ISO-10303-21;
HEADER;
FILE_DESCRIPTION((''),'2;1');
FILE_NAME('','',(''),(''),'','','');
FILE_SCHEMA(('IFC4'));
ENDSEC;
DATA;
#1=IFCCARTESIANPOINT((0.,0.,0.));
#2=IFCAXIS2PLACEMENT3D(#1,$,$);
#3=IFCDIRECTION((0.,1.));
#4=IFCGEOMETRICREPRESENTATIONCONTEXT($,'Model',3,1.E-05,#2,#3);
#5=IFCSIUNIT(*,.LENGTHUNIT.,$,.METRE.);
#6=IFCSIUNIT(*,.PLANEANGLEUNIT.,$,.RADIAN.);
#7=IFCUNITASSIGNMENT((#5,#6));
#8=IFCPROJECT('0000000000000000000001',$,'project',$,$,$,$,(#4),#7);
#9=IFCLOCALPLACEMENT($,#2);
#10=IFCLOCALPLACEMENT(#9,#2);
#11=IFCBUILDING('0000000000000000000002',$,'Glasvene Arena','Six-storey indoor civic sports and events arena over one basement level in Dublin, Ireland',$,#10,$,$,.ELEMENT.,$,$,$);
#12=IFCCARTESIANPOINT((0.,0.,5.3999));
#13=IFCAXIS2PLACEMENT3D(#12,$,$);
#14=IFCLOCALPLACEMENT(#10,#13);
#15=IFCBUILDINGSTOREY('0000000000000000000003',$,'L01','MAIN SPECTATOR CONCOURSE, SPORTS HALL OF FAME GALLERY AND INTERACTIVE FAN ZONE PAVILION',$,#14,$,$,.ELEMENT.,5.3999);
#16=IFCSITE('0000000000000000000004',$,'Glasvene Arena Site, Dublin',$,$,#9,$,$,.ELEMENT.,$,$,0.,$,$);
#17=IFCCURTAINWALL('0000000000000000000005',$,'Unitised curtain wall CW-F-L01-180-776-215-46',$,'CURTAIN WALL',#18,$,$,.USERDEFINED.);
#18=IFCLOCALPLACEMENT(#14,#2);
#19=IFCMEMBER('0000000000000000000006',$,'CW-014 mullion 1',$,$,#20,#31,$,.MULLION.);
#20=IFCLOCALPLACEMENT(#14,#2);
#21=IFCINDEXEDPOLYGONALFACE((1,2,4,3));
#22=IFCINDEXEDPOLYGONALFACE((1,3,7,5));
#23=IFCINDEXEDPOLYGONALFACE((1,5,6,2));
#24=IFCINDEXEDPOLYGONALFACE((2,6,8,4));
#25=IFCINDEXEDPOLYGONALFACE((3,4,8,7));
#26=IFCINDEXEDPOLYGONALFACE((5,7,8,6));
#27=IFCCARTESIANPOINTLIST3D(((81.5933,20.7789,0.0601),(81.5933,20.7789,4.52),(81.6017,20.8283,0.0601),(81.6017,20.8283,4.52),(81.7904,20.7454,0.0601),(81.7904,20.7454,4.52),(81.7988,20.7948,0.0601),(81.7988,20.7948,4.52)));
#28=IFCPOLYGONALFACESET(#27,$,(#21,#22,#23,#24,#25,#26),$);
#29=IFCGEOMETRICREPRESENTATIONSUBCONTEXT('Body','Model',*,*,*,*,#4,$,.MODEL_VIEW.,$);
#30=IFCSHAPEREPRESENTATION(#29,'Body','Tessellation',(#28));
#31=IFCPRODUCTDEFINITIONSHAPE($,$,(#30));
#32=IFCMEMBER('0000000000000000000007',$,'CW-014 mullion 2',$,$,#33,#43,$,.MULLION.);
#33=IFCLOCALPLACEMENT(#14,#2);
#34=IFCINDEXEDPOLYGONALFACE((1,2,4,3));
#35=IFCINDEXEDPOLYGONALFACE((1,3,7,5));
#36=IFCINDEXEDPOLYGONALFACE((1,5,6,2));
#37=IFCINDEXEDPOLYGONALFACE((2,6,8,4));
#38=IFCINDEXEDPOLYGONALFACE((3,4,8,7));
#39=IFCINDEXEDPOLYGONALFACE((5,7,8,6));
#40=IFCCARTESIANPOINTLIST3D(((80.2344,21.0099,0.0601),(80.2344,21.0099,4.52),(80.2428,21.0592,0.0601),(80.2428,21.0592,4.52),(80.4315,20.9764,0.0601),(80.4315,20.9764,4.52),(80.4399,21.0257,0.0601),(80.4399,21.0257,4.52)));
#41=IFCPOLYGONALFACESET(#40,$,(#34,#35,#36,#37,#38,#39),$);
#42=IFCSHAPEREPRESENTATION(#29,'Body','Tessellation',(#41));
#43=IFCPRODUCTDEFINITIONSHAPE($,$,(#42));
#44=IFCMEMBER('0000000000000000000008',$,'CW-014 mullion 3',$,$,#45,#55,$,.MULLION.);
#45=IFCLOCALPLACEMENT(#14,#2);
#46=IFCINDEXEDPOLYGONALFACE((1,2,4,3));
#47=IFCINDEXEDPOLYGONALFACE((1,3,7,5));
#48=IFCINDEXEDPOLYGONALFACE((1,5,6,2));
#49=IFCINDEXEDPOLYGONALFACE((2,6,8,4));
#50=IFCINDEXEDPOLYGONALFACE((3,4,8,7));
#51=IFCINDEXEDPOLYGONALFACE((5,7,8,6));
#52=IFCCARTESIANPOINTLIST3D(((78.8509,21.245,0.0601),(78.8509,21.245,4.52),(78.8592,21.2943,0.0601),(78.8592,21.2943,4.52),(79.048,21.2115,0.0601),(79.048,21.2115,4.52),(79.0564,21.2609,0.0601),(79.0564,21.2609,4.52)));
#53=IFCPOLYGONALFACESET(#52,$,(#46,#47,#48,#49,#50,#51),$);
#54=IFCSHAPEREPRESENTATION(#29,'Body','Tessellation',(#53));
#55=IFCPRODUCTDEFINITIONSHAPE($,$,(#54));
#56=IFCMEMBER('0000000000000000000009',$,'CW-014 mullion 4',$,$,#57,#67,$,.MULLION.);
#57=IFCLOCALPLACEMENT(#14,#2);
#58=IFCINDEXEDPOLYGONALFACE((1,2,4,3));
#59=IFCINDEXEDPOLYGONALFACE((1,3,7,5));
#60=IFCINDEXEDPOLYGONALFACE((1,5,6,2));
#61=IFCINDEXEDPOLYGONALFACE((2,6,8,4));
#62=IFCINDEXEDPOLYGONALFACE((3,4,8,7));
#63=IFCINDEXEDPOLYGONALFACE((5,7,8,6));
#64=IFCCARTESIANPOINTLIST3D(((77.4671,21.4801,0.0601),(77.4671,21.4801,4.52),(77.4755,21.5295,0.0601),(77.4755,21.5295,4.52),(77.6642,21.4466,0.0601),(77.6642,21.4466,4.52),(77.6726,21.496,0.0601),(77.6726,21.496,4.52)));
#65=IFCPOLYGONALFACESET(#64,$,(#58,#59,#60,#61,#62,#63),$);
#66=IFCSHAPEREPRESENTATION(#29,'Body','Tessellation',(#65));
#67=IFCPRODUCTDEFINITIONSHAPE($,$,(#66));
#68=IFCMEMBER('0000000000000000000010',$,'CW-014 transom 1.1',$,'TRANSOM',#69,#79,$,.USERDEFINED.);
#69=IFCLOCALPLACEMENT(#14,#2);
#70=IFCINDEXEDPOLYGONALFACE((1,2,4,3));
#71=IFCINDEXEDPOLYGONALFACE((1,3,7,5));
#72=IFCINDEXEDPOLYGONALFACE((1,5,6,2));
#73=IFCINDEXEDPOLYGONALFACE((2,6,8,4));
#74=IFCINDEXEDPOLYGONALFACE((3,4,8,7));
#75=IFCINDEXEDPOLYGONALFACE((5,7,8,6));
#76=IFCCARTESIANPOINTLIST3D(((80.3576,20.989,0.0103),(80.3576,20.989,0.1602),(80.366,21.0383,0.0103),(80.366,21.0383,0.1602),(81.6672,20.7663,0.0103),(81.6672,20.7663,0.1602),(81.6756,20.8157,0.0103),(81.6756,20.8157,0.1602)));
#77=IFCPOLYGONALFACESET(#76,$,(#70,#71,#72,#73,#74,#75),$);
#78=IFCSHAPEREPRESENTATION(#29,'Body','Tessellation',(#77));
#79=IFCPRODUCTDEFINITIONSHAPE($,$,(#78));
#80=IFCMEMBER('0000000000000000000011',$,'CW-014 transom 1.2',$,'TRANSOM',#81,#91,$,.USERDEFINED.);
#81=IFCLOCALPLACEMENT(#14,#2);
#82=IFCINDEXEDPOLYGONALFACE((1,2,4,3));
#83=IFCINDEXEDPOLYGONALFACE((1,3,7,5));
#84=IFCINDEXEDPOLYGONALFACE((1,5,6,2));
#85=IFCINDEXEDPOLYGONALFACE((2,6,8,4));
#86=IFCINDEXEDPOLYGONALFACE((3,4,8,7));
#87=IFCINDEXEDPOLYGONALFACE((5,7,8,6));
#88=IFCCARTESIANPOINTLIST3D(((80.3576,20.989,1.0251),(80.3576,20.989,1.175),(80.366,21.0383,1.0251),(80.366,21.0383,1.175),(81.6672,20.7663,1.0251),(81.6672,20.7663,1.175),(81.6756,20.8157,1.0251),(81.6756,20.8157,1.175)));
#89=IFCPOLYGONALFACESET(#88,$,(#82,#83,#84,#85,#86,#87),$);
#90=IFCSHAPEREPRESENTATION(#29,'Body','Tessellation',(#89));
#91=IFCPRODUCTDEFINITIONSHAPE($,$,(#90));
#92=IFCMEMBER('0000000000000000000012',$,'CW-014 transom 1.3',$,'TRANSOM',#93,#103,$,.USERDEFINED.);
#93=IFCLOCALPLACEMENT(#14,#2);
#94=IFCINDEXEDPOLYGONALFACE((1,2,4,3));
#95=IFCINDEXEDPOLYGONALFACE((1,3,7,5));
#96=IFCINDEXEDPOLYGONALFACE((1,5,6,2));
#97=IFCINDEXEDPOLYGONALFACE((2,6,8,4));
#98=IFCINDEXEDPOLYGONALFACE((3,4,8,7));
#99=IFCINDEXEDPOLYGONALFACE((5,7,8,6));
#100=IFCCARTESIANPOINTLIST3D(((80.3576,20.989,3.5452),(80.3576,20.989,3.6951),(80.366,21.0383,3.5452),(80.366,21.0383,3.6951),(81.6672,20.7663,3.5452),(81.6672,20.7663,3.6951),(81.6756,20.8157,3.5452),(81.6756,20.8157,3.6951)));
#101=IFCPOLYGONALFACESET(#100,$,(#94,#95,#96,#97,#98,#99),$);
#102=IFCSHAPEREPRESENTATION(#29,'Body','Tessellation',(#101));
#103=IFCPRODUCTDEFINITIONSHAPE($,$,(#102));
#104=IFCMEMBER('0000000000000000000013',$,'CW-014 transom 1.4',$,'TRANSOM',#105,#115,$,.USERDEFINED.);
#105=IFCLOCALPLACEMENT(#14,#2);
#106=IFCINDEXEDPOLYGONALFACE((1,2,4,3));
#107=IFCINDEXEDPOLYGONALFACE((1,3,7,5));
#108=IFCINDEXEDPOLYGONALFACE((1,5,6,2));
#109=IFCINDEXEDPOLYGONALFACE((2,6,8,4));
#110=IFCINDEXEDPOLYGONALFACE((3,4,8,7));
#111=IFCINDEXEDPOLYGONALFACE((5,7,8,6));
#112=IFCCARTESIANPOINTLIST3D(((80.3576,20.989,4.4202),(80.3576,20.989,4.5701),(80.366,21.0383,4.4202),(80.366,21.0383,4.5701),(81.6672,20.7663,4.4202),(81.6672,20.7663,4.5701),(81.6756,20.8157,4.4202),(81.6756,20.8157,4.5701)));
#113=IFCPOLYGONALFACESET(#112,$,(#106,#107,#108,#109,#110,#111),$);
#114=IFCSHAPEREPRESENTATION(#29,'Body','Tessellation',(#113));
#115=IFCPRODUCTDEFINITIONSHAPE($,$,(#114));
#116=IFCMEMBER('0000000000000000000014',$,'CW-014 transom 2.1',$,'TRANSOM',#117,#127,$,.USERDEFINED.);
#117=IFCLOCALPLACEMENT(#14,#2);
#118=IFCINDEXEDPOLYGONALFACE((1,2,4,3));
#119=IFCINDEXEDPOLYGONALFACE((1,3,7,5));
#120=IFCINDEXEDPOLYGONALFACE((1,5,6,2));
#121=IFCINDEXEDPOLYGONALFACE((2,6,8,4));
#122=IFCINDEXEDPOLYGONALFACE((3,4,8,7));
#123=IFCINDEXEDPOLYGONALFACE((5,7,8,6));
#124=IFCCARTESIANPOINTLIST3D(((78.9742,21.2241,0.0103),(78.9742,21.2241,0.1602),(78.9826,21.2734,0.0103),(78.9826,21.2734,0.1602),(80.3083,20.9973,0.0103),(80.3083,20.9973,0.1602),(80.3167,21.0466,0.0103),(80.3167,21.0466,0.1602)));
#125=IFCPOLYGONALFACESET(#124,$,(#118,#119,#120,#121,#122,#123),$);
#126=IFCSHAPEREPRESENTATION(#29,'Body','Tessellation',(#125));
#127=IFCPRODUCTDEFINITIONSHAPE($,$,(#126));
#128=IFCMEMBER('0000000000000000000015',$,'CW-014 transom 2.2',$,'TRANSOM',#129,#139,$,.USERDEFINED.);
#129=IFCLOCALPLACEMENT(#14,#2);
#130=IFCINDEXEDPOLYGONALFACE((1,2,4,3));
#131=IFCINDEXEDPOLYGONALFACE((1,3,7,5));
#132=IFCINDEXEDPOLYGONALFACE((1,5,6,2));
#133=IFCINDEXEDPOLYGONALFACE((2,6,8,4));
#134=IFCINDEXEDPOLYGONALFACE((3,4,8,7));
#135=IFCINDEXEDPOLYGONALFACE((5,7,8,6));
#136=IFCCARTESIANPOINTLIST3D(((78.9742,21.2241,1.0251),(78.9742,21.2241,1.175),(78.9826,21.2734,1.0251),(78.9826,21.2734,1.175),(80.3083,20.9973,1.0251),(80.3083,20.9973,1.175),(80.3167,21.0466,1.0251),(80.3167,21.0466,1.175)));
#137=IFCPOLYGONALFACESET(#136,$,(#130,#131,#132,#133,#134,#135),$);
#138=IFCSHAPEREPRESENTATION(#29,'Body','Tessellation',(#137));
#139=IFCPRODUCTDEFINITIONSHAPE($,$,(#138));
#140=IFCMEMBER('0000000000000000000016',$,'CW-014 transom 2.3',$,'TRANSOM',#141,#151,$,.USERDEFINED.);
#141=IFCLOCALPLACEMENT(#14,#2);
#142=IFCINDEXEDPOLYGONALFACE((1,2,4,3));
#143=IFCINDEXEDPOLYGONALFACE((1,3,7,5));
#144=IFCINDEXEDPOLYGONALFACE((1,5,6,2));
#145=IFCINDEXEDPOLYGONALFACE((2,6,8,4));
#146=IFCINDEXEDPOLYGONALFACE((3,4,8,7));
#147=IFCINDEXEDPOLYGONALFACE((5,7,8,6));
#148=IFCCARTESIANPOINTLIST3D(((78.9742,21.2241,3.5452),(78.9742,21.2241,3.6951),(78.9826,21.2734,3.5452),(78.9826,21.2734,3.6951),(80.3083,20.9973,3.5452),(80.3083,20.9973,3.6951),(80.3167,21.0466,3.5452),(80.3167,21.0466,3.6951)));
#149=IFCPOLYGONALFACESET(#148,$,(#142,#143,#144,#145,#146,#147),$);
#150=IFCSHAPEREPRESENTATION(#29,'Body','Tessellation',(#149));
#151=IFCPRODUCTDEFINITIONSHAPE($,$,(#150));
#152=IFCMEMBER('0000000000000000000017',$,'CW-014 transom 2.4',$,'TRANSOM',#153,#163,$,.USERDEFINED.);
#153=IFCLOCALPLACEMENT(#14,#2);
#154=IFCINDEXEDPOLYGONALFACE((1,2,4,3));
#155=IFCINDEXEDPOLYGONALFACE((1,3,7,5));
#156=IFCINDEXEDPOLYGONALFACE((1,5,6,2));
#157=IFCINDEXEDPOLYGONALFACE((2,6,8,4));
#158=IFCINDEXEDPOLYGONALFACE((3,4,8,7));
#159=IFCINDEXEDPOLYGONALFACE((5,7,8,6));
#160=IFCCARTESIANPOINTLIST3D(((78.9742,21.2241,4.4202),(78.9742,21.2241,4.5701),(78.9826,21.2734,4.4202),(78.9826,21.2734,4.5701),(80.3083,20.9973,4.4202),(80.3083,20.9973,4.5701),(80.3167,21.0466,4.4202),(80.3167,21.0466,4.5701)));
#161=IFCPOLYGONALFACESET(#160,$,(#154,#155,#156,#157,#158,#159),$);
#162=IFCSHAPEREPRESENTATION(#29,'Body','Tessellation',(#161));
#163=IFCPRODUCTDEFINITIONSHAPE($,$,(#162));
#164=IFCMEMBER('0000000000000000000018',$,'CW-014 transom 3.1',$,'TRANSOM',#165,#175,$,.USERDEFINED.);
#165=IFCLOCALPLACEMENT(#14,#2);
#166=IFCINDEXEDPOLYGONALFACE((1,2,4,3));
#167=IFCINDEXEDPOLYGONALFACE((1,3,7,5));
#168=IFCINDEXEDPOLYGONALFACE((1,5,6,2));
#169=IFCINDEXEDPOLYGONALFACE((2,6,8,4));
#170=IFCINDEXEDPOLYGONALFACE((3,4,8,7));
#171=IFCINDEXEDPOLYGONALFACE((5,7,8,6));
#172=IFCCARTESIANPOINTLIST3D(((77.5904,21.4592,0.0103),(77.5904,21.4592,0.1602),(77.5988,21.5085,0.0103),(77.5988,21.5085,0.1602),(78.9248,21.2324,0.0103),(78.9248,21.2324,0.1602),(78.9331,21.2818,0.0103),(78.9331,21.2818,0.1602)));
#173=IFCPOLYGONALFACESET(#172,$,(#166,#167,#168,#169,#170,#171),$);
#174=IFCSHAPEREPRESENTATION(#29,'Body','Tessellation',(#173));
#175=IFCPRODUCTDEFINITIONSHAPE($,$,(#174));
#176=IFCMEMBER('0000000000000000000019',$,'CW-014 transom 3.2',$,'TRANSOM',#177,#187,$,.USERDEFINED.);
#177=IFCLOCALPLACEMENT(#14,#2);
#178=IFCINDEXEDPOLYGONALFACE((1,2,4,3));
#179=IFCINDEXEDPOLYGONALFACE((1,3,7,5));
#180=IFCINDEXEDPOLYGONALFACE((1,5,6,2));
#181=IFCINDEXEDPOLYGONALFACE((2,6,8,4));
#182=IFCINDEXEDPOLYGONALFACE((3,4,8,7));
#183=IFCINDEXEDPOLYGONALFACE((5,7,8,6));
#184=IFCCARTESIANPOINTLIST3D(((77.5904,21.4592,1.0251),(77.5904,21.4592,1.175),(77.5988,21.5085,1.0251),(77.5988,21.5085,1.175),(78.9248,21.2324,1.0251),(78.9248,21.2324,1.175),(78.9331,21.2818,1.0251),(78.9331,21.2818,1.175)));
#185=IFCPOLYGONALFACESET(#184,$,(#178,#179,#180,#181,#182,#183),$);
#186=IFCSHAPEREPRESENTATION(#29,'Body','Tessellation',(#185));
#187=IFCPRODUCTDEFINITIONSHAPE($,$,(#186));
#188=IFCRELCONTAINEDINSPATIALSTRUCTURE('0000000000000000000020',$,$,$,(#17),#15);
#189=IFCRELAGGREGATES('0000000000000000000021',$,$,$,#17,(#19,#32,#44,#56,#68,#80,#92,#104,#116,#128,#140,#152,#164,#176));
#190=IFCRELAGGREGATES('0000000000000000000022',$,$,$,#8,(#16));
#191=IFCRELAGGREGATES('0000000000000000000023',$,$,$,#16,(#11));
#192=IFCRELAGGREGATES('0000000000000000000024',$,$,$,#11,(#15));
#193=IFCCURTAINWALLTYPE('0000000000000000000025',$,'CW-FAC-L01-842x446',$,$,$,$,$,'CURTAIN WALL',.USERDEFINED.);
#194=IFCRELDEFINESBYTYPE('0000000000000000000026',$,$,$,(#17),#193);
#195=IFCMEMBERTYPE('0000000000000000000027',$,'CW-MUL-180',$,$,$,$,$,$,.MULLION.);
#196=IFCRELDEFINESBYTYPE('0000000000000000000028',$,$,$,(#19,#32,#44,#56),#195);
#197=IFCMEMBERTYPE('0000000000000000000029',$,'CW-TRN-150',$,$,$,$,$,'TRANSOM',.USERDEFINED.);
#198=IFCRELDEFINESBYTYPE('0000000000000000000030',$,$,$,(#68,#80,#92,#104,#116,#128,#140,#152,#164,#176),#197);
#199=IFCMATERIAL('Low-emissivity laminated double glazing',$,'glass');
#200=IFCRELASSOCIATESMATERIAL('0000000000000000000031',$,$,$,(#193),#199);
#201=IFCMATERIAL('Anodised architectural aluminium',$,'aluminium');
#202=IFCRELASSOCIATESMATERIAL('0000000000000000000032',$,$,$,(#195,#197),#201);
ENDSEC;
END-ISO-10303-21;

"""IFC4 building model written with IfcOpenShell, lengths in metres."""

from ifc_helpers import new_model, si_unit, direction, frame, origin, origin_2d, place, context, subcontext, project, spatial, rectangle, extrude, material, material_profile, profile_set, type_object, element, aggregate, save


model = new_model("IFC4")

# Units and contexts
model_context = context("Model", 3, precision=1e-05, world=origin(), true_north=direction((0.0, 1.0)))
body_context = subcontext(model_context, "Body", "Model", "MODEL_VIEW")
ifc_project = project(units=[si_unit("LENGTHUNIT", "METRE"), si_unit("PLANEANGLEUNIT", "RADIAN")], contexts=[model_context])

# Site, building, storey
site_placement = place(None, origin())
site = spatial("IfcSite", under=ifc_project, at=site_placement, Name="Glasvene Arena Site, Dublin", CompositionType="ELEMENT", RefElevation=0.0)
building_placement = place(site_placement, origin())
building = spatial("IfcBuilding", under=site, at=building_placement, Name="Glasvene Arena", Description="Six-storey indoor civic sports and events arena over one basement level in Dublin, Ireland", CompositionType="ELEMENT")
storey_placement = place(building_placement, frame((0.0, 0.0, 5.3999)))
storey = spatial("IfcBuildingStorey", under=building, at=storey_placement, Name="L01", Description="MAIN SPECTATOR CONCOURSE, SPORTS HALL OF FAME GALLERY AND INTERACTIVE FAN ZONE PAVILION", CompositionType="ELEMENT", Elevation=5.3999)

# Curtain wall, members
ifc_material_1 = material(Name="Low-emissivity laminated double glazing", Category="glass")
curtain_wall_type = type_object("IfcCurtainWallType", Name="CW-FAC-L01-842x446", ElementType="CURTAIN WALL", PredefinedType="USERDEFINED", material=ifc_material_1)
curtain_wall_placement = place(storey_placement, frame((81.7207, 20.7827, 0.0)))
curtain_wall = element("IfcCurtainWall", 1, at=curtain_wall_placement, inside=storey, type_object=curtain_wall_type, Name="Unitised curtain wall CW-F-L01-180-776-215-46", ObjectType="CURTAIN WALL", PredefinedType="USERDEFINED")
ifc_material_2 = material(Name="Anodised architectural aluminium", Category="aluminium")
ifc_material_profile_1 = material_profile(ifc_material_2, rectangle(XDim=0.05, YDim=0.2, at=origin_2d()), Name="ALU MULLION 50x200")
ifc_profile_set_1 = profile_set([ifc_material_profile_1], Name="Anodised architectural aluminium")
member_type_1 = type_object("IfcMemberType", Name="CW-MUL-180", PredefinedType="MULLION", material=ifc_profile_set_1)
member_1_placement = place(storey_placement, frame((81.696, 20.7869, 0.0601), z_axis=(0.0, 0.0, 1.0), x_axis=(-0.167514, -0.98587, 0.0)))
member_1 = element("IfcMember", 2, at=member_1_placement, type_object=member_type_1, Name="CW-014 mullion 1", PredefinedType="MULLION", context=body_context, shape_type="SweptSolid", body=[
    extrude(rectangle(XDim=0.05, YDim=0.2, at=origin_2d()), origin(), (0.0, 0.0, 1.0), 4.46),
])
member_2_placement = place(storey_placement, frame((80.3372, 21.0178, 0.0601), z_axis=(0.0, 0.0, 1.0), x_axis=(-0.167514, -0.98587, 0.0)))
member_2 = element("IfcMember", 3, at=member_2_placement, type_object=member_type_1, Name="CW-014 mullion 2", PredefinedType="MULLION", context=body_context, shape_type="SweptSolid", body=[
    extrude(rectangle(XDim=0.05, YDim=0.2, at=origin_2d()), origin(), (0.0, 0.0, 1.0), 4.46),
])
member_3_placement = place(storey_placement, frame((78.9536, 21.2529, 0.0601), z_axis=(0.0, 0.0, 1.0), x_axis=(-0.167514, -0.98587, 0.0)))
member_3 = element("IfcMember", 4, at=member_3_placement, type_object=member_type_1, Name="CW-014 mullion 3", PredefinedType="MULLION", context=body_context, shape_type="SweptSolid", body=[
    extrude(rectangle(XDim=0.05, YDim=0.2, at=origin_2d()), origin(), (0.0, 0.0, 1.0), 4.46),
])
member_4_placement = place(storey_placement, frame((77.5698, 21.488, 0.0601), z_axis=(0.0, 0.0, 1.0), x_axis=(-0.167514, -0.98587, 0.0)))
member_4 = element("IfcMember", 5, at=member_4_placement, type_object=member_type_1, Name="CW-014 mullion 4", PredefinedType="MULLION", context=body_context, shape_type="SweptSolid", body=[
    extrude(rectangle(XDim=0.05, YDim=0.2, at=origin_2d()), origin(), (0.0, 0.0, 1.0), 4.46),
])
ifc_material_profile_2 = material_profile(ifc_material_2, rectangle(XDim=0.05, YDim=0.1499, at=origin_2d()), Name="ALU TRANSOM 50x150")
ifc_profile_set_2 = profile_set([ifc_material_profile_2], Name="Anodised architectural aluminium")
member_type_2 = type_object("IfcMemberType", Name="CW-TRN-150", ElementType="TRANSOM", PredefinedType="USERDEFINED", material=ifc_profile_set_2)
member_5_placement = place(storey_placement, frame((81.6714, 20.791, 0.0852), z_axis=(-0.985852, 0.167617, 0.0), x_axis=(-0.167617, -0.985852, 0.0)))
member_5 = element("IfcMember", 6, at=member_5_placement, type_object=member_type_2, Name="CW-014 transom 1.1", ObjectType="TRANSOM", PredefinedType="USERDEFINED", context=body_context, shape_type="SweptSolid", body=[
    extrude(rectangle(XDim=0.05, YDim=0.1499, at=origin_2d()), origin(), (0.0, 0.0, 1.0), 1.3284),
])
member_6_placement = place(storey_placement, frame((81.6714, 20.791, 1.1001), z_axis=(-0.985852, 0.167617, 0.0), x_axis=(-0.167617, -0.985852, 0.0)))
member_6 = element("IfcMember", 7, at=member_6_placement, type_object=member_type_2, Name="CW-014 transom 1.2", ObjectType="TRANSOM", PredefinedType="USERDEFINED", context=body_context, shape_type="SweptSolid", body=[
    extrude(rectangle(XDim=0.05, YDim=0.1499, at=origin_2d()), origin(), (0.0, 0.0, 1.0), 1.3284),
])
member_7_placement = place(storey_placement, frame((81.6714, 20.791, 3.6201), z_axis=(-0.985852, 0.167617, 0.0), x_axis=(-0.167617, -0.985852, 0.0)))
member_7 = element("IfcMember", 8, at=member_7_placement, type_object=member_type_2, Name="CW-014 transom 1.3", ObjectType="TRANSOM", PredefinedType="USERDEFINED", context=body_context, shape_type="SweptSolid", body=[
    extrude(rectangle(XDim=0.05, YDim=0.1499, at=origin_2d()), origin(), (0.0, 0.0, 1.0), 1.3284),
])
member_8_placement = place(storey_placement, frame((81.6714, 20.791, 4.4951), z_axis=(-0.985852, 0.167617, 0.0), x_axis=(-0.167617, -0.985852, 0.0)))
member_8 = element("IfcMember", 9, at=member_8_placement, type_object=member_type_2, Name="CW-014 transom 1.4", ObjectType="TRANSOM", PredefinedType="USERDEFINED", context=body_context, shape_type="SweptSolid", body=[
    extrude(rectangle(XDim=0.05, YDim=0.1499, at=origin_2d()), origin(), (0.0, 0.0, 1.0), 1.3284),
])
member_9_placement = place(storey_placement, frame((80.3125, 21.022, 0.0852), z_axis=(-0.985857, 0.167587, 0.0), x_axis=(-0.167587, -0.985857, 0.0)))
member_9 = element("IfcMember", 10, at=member_9_placement, type_object=member_type_2, Name="CW-014 transom 2.1", ObjectType="TRANSOM", PredefinedType="USERDEFINED", context=body_context, shape_type="SweptSolid", body=[
    extrude(rectangle(XDim=0.05, YDim=0.1499, at=origin_2d()), origin(), (0.0, 0.0, 1.0), 1.3533),
])
member_10_placement = place(storey_placement, frame((80.3125, 21.022, 1.1001), z_axis=(-0.985857, 0.167587, 0.0), x_axis=(-0.167587, -0.985857, 0.0)))
member_10 = element("IfcMember", 11, at=member_10_placement, type_object=member_type_2, Name="CW-014 transom 2.2", ObjectType="TRANSOM", PredefinedType="USERDEFINED", context=body_context, shape_type="SweptSolid", body=[
    extrude(rectangle(XDim=0.05, YDim=0.1499, at=origin_2d()), origin(), (0.0, 0.0, 1.0), 1.3533),
])
member_11_placement = place(storey_placement, frame((80.3125, 21.022, 3.6201), z_axis=(-0.985857, 0.167587, 0.0), x_axis=(-0.167587, -0.985857, 0.0)))
member_11 = element("IfcMember", 12, at=member_11_placement, type_object=member_type_2, Name="CW-014 transom 2.3", ObjectType="TRANSOM", PredefinedType="USERDEFINED", context=body_context, shape_type="SweptSolid", body=[
    extrude(rectangle(XDim=0.05, YDim=0.1499, at=origin_2d()), origin(), (0.0, 0.0, 1.0), 1.3533),
])
member_12_placement = place(storey_placement, frame((80.3125, 21.022, 4.4951), z_axis=(-0.985857, 0.167587, 0.0), x_axis=(-0.167587, -0.985857, 0.0)))
member_12 = element("IfcMember", 13, at=member_12_placement, type_object=member_type_2, Name="CW-014 transom 2.4", ObjectType="TRANSOM", PredefinedType="USERDEFINED", context=body_context, shape_type="SweptSolid", body=[
    extrude(rectangle(XDim=0.05, YDim=0.1499, at=origin_2d()), origin(), (0.0, 0.0, 1.0), 1.3533),
])
member_13_placement = place(storey_placement, frame((78.929, 21.2571, 0.0852), z_axis=(-0.985862, 0.167557, 0.0), x_axis=(-0.167557, -0.985862, 0.0)))
member_13 = element("IfcMember", 14, at=member_13_placement, type_object=member_type_2, Name="CW-014 transom 3.1", ObjectType="TRANSOM", PredefinedType="USERDEFINED", context=body_context, shape_type="SweptSolid", body=[
    extrude(rectangle(XDim=0.05, YDim=0.1499, at=origin_2d()), origin(), (0.0, 0.0, 1.0), 1.3535),
])
member_14_placement = place(storey_placement, frame((78.929, 21.2571, 1.1001), z_axis=(-0.985862, 0.167557, 0.0), x_axis=(-0.167557, -0.985862, 0.0)))
member_14 = element("IfcMember", 15, at=member_14_placement, type_object=member_type_2, Name="CW-014 transom 3.2", ObjectType="TRANSOM", PredefinedType="USERDEFINED", context=body_context, shape_type="SweptSolid", body=[
    extrude(rectangle(XDim=0.05, YDim=0.1499, at=origin_2d()), origin(), (0.0, 0.0, 1.0), 1.3535),
])
aggregate(curtain_wall, [member_1, member_2, member_3, member_4, member_5, member_6, member_7, member_8, member_9, member_10, member_11, member_12, member_13, member_14])

save(model, "model.ifc")
